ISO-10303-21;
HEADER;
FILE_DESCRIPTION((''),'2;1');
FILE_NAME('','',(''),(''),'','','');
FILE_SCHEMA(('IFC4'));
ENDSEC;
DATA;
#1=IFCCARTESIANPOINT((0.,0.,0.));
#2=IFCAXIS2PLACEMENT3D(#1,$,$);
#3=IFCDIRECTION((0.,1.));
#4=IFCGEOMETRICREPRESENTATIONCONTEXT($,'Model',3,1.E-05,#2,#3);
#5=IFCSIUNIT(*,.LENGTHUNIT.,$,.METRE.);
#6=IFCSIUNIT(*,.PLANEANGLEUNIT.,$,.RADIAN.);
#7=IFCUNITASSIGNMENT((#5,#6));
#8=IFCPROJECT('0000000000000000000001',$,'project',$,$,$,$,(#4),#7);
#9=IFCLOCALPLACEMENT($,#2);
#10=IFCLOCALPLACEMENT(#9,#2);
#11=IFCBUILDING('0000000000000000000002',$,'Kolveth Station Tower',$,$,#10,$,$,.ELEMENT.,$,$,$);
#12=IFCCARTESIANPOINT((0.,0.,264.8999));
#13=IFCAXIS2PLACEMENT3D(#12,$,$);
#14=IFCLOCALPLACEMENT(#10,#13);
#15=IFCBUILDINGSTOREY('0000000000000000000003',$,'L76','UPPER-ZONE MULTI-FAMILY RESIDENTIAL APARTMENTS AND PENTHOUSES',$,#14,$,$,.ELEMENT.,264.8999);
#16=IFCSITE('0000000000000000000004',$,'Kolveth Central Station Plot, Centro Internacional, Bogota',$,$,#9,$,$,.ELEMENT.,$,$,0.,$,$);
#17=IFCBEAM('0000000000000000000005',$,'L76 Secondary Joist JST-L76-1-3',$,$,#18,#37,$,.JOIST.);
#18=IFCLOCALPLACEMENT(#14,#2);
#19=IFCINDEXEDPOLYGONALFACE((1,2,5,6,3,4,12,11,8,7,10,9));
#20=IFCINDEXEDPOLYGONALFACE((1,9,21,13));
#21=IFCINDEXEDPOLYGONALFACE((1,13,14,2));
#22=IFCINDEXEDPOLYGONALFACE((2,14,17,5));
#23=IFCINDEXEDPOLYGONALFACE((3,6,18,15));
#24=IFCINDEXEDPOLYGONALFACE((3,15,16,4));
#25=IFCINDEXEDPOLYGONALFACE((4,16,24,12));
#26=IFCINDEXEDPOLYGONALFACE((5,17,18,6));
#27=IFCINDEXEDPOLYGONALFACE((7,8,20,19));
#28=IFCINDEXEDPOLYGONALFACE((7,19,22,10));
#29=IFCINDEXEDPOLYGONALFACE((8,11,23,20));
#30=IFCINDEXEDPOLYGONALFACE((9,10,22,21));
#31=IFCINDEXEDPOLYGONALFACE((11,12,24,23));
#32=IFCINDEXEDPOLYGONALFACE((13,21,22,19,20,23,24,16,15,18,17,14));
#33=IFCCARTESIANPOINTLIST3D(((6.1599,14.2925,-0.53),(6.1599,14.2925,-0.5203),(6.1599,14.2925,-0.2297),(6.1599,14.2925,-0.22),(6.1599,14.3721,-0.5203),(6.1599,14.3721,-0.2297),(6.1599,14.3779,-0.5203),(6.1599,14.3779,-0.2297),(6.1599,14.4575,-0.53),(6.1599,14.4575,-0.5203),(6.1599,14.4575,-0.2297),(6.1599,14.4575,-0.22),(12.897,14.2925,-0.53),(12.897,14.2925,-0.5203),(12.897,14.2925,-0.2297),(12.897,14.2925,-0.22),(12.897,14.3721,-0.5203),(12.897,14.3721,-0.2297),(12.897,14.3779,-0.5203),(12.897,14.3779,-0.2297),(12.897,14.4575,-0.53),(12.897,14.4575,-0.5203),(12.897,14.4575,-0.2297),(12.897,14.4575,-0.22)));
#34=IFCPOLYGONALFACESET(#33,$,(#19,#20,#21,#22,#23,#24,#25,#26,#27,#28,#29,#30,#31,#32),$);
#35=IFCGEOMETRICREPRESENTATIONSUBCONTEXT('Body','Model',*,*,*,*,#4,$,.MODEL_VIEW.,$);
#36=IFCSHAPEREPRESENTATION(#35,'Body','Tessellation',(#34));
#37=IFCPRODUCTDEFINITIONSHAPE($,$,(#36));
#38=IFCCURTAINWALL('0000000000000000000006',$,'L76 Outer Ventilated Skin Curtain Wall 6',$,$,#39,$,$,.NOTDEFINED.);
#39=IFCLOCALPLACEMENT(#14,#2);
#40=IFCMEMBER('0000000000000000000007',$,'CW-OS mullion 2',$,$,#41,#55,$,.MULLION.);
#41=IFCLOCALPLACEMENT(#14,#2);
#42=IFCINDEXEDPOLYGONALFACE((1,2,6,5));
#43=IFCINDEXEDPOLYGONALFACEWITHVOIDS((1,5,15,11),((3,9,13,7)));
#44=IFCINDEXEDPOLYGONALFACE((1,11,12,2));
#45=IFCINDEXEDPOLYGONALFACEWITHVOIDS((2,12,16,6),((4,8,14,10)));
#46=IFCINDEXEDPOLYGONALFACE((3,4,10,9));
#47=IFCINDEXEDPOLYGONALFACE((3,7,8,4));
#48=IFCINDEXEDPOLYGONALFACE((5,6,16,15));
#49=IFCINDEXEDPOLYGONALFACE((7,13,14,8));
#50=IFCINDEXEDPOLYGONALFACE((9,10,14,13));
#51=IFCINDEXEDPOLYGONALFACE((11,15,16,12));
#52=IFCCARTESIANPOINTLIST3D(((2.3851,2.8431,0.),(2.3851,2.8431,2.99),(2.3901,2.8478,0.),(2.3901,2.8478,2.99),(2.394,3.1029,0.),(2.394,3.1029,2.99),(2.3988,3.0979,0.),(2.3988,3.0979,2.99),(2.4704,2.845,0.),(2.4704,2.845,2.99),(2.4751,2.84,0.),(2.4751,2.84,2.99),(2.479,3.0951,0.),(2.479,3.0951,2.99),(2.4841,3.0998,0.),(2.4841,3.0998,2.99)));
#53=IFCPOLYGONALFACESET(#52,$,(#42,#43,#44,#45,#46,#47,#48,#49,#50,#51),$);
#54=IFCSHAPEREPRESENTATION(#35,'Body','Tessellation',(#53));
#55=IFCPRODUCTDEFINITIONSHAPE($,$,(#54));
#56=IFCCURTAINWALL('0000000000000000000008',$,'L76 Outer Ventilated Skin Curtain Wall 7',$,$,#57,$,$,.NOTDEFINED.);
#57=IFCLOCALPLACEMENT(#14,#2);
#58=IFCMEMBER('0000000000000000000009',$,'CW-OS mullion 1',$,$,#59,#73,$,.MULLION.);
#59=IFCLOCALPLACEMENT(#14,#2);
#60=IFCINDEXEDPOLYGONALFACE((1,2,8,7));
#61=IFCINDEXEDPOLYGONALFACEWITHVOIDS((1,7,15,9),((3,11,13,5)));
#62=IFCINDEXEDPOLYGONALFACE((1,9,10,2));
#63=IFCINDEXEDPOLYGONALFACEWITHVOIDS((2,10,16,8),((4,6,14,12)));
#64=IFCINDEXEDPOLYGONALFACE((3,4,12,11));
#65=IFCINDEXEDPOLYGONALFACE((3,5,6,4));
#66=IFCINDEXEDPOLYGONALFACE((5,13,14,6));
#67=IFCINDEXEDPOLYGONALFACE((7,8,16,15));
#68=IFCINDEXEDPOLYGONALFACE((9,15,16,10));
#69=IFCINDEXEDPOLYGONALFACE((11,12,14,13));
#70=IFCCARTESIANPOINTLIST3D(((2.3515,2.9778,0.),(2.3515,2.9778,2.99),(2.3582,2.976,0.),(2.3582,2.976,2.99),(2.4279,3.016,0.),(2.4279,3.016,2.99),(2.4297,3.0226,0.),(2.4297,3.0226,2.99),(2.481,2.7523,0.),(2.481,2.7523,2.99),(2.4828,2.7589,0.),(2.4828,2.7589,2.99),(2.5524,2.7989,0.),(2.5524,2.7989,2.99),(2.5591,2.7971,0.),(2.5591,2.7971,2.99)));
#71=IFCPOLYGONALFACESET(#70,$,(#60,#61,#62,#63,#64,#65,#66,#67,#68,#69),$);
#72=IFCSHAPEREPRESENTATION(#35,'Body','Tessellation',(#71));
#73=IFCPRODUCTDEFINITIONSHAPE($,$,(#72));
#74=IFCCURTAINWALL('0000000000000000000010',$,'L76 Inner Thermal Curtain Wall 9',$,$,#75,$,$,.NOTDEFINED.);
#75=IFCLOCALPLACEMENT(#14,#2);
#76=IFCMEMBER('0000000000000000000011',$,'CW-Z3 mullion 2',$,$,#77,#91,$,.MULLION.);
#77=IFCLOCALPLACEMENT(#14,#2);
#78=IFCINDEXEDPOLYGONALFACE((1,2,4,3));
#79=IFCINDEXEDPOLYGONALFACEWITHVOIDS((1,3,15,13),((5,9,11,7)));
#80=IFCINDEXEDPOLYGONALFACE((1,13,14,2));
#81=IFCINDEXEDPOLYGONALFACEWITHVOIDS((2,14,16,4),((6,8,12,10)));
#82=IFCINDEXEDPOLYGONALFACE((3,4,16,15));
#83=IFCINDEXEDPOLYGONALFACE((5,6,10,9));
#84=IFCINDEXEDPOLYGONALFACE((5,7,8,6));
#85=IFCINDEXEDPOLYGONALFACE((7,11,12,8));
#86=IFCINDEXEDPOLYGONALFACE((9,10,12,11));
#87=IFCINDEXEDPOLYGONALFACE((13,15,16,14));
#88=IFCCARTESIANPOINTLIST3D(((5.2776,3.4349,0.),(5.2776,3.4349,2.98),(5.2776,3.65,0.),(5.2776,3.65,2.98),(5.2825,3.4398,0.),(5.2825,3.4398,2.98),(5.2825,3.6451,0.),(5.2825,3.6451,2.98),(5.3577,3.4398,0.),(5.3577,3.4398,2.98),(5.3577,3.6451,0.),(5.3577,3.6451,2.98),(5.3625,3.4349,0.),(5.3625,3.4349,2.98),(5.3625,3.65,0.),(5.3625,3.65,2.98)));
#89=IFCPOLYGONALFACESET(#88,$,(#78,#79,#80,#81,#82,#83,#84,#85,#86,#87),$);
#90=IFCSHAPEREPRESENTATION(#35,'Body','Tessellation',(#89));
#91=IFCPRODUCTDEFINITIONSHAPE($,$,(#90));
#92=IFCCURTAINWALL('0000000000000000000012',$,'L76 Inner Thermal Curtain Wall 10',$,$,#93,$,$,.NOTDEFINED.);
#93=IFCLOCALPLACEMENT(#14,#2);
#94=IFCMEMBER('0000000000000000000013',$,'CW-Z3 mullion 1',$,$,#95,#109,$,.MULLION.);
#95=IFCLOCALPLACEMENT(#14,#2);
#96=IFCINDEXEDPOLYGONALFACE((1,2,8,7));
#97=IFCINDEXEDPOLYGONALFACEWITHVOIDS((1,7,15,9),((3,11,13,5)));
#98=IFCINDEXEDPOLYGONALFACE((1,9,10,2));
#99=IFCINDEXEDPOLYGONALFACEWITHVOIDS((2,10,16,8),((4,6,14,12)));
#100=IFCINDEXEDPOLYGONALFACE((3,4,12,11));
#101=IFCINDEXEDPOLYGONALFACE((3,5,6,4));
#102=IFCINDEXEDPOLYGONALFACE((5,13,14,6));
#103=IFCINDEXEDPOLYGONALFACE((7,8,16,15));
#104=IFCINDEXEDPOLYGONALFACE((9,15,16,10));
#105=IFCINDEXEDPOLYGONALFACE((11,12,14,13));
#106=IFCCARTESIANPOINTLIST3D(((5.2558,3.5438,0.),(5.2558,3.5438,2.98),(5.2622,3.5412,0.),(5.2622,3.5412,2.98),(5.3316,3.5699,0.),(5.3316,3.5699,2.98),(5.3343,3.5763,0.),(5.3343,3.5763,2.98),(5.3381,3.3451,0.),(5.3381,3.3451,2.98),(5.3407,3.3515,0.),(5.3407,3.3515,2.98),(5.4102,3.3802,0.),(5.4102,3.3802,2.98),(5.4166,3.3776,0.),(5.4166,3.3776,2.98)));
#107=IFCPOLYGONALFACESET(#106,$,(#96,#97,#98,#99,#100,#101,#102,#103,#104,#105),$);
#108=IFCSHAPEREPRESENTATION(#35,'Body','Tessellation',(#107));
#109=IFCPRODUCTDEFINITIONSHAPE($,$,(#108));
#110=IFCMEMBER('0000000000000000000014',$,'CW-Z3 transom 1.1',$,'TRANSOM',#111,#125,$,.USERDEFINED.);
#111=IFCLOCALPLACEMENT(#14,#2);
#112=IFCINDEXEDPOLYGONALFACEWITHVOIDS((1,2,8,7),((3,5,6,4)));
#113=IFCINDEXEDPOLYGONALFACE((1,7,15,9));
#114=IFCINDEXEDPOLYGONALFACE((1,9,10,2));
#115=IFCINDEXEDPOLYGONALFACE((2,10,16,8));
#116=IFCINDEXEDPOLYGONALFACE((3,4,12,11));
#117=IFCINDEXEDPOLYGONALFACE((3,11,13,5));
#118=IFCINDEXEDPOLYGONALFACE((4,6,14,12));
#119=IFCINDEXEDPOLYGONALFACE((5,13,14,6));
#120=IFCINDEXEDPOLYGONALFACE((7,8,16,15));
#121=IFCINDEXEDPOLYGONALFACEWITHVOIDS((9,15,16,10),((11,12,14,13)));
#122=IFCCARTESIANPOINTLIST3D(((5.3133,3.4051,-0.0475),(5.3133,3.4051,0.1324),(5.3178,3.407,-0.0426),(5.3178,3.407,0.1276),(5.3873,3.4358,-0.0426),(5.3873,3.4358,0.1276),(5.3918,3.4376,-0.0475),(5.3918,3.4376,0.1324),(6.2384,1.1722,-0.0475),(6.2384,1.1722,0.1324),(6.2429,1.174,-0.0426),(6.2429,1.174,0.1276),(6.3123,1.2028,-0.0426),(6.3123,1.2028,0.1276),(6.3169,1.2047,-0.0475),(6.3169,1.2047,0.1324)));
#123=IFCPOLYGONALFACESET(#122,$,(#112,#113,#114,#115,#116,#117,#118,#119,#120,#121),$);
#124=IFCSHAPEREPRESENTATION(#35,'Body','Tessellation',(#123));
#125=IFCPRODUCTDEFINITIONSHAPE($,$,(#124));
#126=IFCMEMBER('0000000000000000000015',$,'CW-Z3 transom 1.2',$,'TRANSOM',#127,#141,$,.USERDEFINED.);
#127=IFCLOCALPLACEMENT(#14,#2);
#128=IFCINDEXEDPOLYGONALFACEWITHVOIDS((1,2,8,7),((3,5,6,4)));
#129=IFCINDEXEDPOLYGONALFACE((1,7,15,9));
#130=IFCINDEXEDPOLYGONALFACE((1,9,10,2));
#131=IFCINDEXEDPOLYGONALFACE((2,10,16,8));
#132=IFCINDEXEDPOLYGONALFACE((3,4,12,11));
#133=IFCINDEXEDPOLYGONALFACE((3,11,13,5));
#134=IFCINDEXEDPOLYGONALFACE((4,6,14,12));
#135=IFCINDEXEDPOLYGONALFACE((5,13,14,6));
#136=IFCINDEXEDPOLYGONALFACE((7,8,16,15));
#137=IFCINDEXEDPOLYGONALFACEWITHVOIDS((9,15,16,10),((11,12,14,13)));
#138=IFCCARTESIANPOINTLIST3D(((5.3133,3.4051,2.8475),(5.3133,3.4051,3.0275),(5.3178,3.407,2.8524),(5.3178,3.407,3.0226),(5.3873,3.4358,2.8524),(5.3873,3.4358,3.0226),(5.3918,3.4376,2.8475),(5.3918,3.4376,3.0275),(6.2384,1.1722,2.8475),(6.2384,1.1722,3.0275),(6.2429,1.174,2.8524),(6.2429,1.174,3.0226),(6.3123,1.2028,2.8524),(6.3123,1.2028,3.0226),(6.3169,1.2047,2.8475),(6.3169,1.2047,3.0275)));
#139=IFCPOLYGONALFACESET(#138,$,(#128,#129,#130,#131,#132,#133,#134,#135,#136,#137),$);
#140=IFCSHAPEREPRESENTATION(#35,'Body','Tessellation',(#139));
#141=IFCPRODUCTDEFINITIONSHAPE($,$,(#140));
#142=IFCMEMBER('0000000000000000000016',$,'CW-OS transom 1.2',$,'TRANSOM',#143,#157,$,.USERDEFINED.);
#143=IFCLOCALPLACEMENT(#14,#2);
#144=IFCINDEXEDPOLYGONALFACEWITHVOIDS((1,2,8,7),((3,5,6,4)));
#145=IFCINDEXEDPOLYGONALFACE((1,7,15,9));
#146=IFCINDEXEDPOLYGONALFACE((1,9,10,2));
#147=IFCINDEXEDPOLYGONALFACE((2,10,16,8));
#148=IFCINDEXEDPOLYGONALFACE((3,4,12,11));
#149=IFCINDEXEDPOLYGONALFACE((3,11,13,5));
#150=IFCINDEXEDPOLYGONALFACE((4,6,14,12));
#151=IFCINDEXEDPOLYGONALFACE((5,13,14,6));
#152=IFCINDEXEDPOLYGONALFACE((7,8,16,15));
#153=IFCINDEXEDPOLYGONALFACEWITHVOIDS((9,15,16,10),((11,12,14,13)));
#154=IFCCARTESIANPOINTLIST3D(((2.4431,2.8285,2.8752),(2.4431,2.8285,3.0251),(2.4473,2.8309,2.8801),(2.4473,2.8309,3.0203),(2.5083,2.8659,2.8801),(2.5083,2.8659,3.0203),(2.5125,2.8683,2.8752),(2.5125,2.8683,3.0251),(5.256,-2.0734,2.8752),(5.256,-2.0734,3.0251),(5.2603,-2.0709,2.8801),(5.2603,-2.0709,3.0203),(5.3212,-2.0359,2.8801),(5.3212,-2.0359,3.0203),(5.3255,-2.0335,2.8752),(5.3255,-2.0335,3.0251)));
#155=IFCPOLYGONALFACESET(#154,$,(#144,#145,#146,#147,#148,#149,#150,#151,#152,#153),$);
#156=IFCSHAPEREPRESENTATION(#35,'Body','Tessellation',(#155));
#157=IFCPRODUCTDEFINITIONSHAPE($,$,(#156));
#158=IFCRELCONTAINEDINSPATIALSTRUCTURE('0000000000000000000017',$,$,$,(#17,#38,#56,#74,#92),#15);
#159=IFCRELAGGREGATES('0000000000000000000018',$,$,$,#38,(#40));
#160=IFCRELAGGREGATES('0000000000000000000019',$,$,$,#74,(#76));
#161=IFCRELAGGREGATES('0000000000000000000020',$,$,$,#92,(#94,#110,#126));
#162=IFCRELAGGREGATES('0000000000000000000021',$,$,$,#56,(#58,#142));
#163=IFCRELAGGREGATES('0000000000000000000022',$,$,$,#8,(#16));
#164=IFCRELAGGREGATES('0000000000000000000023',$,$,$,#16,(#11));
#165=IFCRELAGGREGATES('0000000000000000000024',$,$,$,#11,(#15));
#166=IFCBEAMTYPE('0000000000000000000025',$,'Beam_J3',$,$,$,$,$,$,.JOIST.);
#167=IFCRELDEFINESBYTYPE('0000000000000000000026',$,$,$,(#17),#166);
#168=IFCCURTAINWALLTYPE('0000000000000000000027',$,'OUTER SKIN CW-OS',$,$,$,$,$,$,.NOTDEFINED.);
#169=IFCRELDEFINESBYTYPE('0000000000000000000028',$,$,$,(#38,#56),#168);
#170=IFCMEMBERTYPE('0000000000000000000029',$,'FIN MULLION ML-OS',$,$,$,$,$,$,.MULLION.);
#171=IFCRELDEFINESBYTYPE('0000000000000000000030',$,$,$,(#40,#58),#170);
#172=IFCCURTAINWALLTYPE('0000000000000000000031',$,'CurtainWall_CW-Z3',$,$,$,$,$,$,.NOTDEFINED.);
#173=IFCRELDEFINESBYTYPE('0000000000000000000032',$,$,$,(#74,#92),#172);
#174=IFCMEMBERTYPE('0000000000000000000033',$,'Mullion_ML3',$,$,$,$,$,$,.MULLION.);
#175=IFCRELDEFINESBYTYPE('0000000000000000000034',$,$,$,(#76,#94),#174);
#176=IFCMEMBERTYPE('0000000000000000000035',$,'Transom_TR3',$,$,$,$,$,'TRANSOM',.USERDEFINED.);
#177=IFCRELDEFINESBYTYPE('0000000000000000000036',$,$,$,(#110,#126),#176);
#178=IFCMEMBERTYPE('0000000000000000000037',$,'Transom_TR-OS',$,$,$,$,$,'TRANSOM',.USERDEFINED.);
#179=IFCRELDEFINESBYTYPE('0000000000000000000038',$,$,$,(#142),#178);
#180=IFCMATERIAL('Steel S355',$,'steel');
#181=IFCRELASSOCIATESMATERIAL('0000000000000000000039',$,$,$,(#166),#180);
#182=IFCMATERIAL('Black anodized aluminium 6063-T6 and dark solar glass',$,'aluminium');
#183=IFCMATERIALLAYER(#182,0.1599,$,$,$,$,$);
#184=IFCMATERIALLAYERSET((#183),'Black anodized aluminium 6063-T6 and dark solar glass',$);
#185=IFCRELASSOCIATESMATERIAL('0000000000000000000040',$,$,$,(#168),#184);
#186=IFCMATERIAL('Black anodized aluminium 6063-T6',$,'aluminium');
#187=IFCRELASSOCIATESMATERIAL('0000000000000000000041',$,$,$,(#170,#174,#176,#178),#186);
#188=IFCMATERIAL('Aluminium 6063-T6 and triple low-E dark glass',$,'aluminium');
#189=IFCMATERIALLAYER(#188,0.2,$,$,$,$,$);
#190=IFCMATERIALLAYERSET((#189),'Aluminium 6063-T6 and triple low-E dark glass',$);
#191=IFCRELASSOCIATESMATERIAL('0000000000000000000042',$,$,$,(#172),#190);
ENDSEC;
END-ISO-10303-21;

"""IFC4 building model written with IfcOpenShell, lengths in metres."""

from ifc_helpers import new_model, si_unit, direction, frame, origin, origin_2d, place, context, subcontext, project, spatial, hollow_rectangle, i_section, extrude, source, transform, mapped, material, layer, layer_set, material_profile, profile_set, type_object, element, aggregate, save


model = new_model("IFC4")

# Units and contexts
model_context = context("Model", 3, precision=1e-05, world=origin(), true_north=direction((0.0, 1.0)))
body_context = subcontext(model_context, "Body", "Model", "MODEL_VIEW")
ifc_project = project(units=[si_unit("LENGTHUNIT", "METRE"), si_unit("PLANEANGLEUNIT", "RADIAN")], contexts=[model_context])

# Site, building, storey
site_placement = place(None, origin())
site = spatial("IfcSite", under=ifc_project, at=site_placement, Name="Kolveth Central Station Plot, Centro Internacional, Bogota", CompositionType="ELEMENT", RefElevation=0.0)
building_placement = place(site_placement, origin())
building = spatial("IfcBuilding", under=site, at=building_placement, Name="Kolveth Station Tower", CompositionType="ELEMENT")
storey_placement = place(building_placement, frame((0.0, 0.0, 264.8999)))
storey = spatial("IfcBuildingStorey", under=building, at=storey_placement, Name="L76", Description="UPPER-ZONE MULTI-FAMILY RESIDENTIAL APARTMENTS AND PENTHOUSES", CompositionType="ELEMENT", Elevation=264.8999)

# Shared definitions
ifc_material_1 = material(Name="Steel S355", Category="steel")

# Beam
ifc_material_profile_1 = material_profile(ifc_material_1, i_section(OverallWidth=0.165, OverallDepth=0.3101, WebThickness=0.0059, FlangeThickness=0.0098, at=origin_2d()), Name="W310x39")
ifc_profile_set_1 = profile_set([ifc_material_profile_1], Name="Steel S355")
beam_type_1 = type_object("IfcBeamType", Name="Beam_J3", PredefinedType="JOIST", material=ifc_profile_set_1)
shared_shape_1 = source(origin(), body_context, "Body", "SweptSolid", [
    extrude(i_section(OverallWidth=0.165, OverallDepth=0.3101, WebThickness=0.0059, FlangeThickness=0.0098, at=origin_2d()), origin(), (0.0, 0.0, 1.0), 6.7371),
])
for number, where, z_axis, x_axis, name in (
    (1, (6.1599, 14.375, -0.375), (1.0, 0.0, 0.0), (0.0, 1.0, 0.0), "L76 Secondary Joist JST-L76-1-3"),
):
    element("IfcBeam", number, at=place(storey_placement, frame(where, z_axis=z_axis, x_axis=x_axis)), inside=storey, type_object=beam_type_1, Name=name, PredefinedType="JOIST", context=body_context, shape_type="MappedRepresentation", body=[
        mapped(shared_shape_1, transform((0.0, 0.0, 0.0), x_axis=(1.0, 0.0, 0.0), y_axis=(0.0, 1.0, 0.0), z_axis=(0.0, 0.0, 1.0), scale=1.0)),
    ])

# Curtain walls, members
ifc_material_2 = material(Name="Black anodized aluminium 6063-T6 and dark solar glass", Category="aluminium")
ifc_layer_1 = layer(ifc_material_2, 0.1599)
ifc_layer_set_1 = layer_set([ifc_layer_1], Name="Black anodized aluminium 6063-T6 and dark solar glass")
curtain_wall_type_1 = type_object("IfcCurtainWallType", Name="OUTER SKIN CW-OS", PredefinedType="NOTDEFINED", material=ifc_layer_set_1)
curtain_wall_1_placement = place(storey_placement, origin())
curtain_wall_1 = element("IfcCurtainWall", 2, at=curtain_wall_1_placement, inside=storey, type_object=curtain_wall_type_1, Name="L76 Outer Ventilated Skin Curtain Wall 6", PredefinedType="NOTDEFINED")
ifc_material_3 = material(Name="Black anodized aluminium 6063-T6", Category="aluminium")
ifc_material_profile_2 = material_profile(ifc_material_3, hollow_rectangle(XDim=0.0901, YDim=0.26, WallThickness=0.0049, at=origin_2d()), Name="ALU-90x260x5")
ifc_profile_set_2 = profile_set([ifc_material_profile_2], Name="Black anodized aluminium 6063-T6")
member_type_1 = type_object("IfcMemberType", Name="FIN MULLION ML-OS", PredefinedType="MULLION", material=ifc_profile_set_2)
shared_shape_2 = source(origin(), body_context, "Body", "SweptSolid", [
    extrude(hollow_rectangle(XDim=0.0901, YDim=0.26, WallThickness=0.0049, at=origin_2d()), origin(), (0.0, 0.0, 1.0), 2.99),
])
member_1_placement = place(storey_placement, frame((2.4346, 2.9714, 0.0), z_axis=(0.0, 0.0, 1.0), x_axis=(0.999402, -0.03457, 0.0)))
member_1 = element("IfcMember", 3, at=member_1_placement, type_object=member_type_1, Name="CW-OS mullion 2", PredefinedType="MULLION", context=body_context, shape_type="MappedRepresentation", body=[
    mapped(shared_shape_2, transform((0.0, 0.0, 0.0), x_axis=(1.0, 0.0, 0.0), y_axis=(0.0, 1.0, 0.0), z_axis=(0.0, 0.0, 1.0), scale=1.0)),
])
aggregate(curtain_wall_1, [member_1])
curtain_wall_2_placement = place(storey_placement, origin())
curtain_wall_2 = element("IfcCurtainWall", 4, at=curtain_wall_2_placement, inside=storey, type_object=curtain_wall_type_1, Name="L76 Outer Ventilated Skin Curtain Wall 7", PredefinedType="NOTDEFINED")
member_2_placement = place(storey_placement, frame((2.4553, 2.8875, 0.0), z_axis=(0.0, 0.0, 1.0), x_axis=(0.867329, 0.497735, 0.0)))
member_2 = element("IfcMember", 5, at=member_2_placement, type_object=member_type_1, Name="CW-OS mullion 1", PredefinedType="MULLION", context=body_context, shape_type="MappedRepresentation", body=[
    mapped(shared_shape_2, transform((0.0, 0.0, 0.0), x_axis=(1.0, 0.0, 0.0), y_axis=(0.0, 1.0, 0.0), z_axis=(0.0, 0.0, 1.0), scale=1.0)),
])
ifc_material_4 = material(Name="Aluminium 6063-T6 and triple low-E dark glass", Category="aluminium")
ifc_layer_2 = layer(ifc_material_4, 0.2)
ifc_layer_set_2 = layer_set([ifc_layer_2], Name="Aluminium 6063-T6 and triple low-E dark glass")
curtain_wall_type_2 = type_object("IfcCurtainWallType", Name="CurtainWall_CW-Z3", PredefinedType="NOTDEFINED", material=ifc_layer_set_2)
curtain_wall_3_placement = place(storey_placement, origin())
curtain_wall_3 = element("IfcCurtainWall", 6, at=curtain_wall_3_placement, inside=storey, type_object=curtain_wall_type_2, Name="L76 Inner Thermal Curtain Wall 9", PredefinedType="NOTDEFINED")
ifc_material_profile_3 = material_profile(ifc_material_3, hollow_rectangle(XDim=0.085, YDim=0.2151, WallThickness=0.0049, at=origin_2d()), Name="ALU-85x215x5")
ifc_profile_set_3 = profile_set([ifc_material_profile_3], Name="Black anodized aluminium 6063-T6")
member_type_2 = type_object("IfcMemberType", Name="Mullion_ML3", PredefinedType="MULLION", material=ifc_profile_set_3)
shared_shape_3 = source(origin(), body_context, "Body", "SweptSolid", [
    extrude(hollow_rectangle(XDim=0.085, YDim=0.2151, WallThickness=0.0049, at=origin_2d()), origin(), (0.0, 0.0, 1.0), 2.98),
])
member_3_placement = place(storey_placement, frame((5.3201, 3.5425, 0.0), z_axis=(0.0, 0.0, 1.0), x_axis=(1.0, 0.0, 0.0)))
member_3 = element("IfcMember", 7, at=member_3_placement, type_object=member_type_2, Name="CW-Z3 mullion 2", PredefinedType="MULLION", context=body_context, shape_type="MappedRepresentation", body=[
    mapped(shared_shape_3, transform((0.0, 0.0, 0.0), x_axis=(1.0, 0.0, 0.0), y_axis=(0.0, 1.0, 0.0), z_axis=(0.0, 0.0, 1.0), scale=1.0)),
])
aggregate(curtain_wall_3, [member_3])

# Curtain wall, members
curtain_wall_4_placement = place(storey_placement, origin())
curtain_wall_4 = element("IfcCurtainWall", 8, at=curtain_wall_4_placement, inside=storey, type_object=curtain_wall_type_2, Name="L76 Inner Thermal Curtain Wall 10", PredefinedType="NOTDEFINED")
member_4_placement = place(storey_placement, frame((5.3362, 3.4607, 0.0), z_axis=(0.0, 0.0, 1.0), x_axis=(0.923875, 0.382693, 0.0)))
member_4 = element("IfcMember", 9, at=member_4_placement, type_object=member_type_2, Name="CW-Z3 mullion 1", PredefinedType="MULLION", context=body_context, shape_type="MappedRepresentation", body=[
    mapped(shared_shape_3, transform((0.0, 0.0, 0.0), x_axis=(1.0, 0.0, 0.0), y_axis=(0.0, 1.0, 0.0), z_axis=(0.0, 0.0, 1.0), scale=1.0)),
])
ifc_material_profile_4 = material_profile(ifc_material_3, hollow_rectangle(XDim=0.085, YDim=0.1799, WallThickness=0.0049, at=origin_2d()), Name="ALU-85x180x5")
ifc_profile_set_4 = profile_set([ifc_material_profile_4], Name="Black anodized aluminium 6063-T6")
member_type_3 = type_object("IfcMemberType", Name="Transom_TR3", ElementType="TRANSOM", PredefinedType="USERDEFINED", material=ifc_profile_set_4)
shared_shape_4 = source(origin(), body_context, "Body", "SweptSolid", [
    extrude(hollow_rectangle(XDim=0.085, YDim=0.1799, WallThickness=0.0049, at=origin_2d()), origin(), (0.0, 0.0, 1.0), 2.417),
])
member_5_placement = place(storey_placement, frame((5.3525, 3.4214, 0.0425), z_axis=(0.382735, -0.923858, 0.0), x_axis=(0.923858, 0.382735, 0.0)))
member_5 = element("IfcMember", 10, at=member_5_placement, type_object=member_type_3, Name="CW-Z3 transom 1.1", ObjectType="TRANSOM", PredefinedType="USERDEFINED", context=body_context, shape_type="MappedRepresentation", body=[
    mapped(shared_shape_4, transform((0.0, 0.0, 0.0), x_axis=(1.0, 0.0, 0.0), y_axis=(0.0, 1.0, 0.0), z_axis=(0.0, 0.0, 1.0), scale=1.0)),
])
member_6_placement = place(storey_placement, frame((5.3525, 3.4214, 2.9375), z_axis=(0.382735, -0.923858, 0.0), x_axis=(0.923858, 0.382735, 0.0)))
member_6 = element("IfcMember", 11, at=member_6_placement, type_object=member_type_3, Name="CW-Z3 transom 1.2", ObjectType="TRANSOM", PredefinedType="USERDEFINED", context=body_context, shape_type="MappedRepresentation", body=[
    mapped(shared_shape_4, transform((0.0, 0.0, 0.0), x_axis=(1.0, 0.0, 0.0), y_axis=(0.0, 1.0, 0.0), z_axis=(0.0, 0.0, 1.0), scale=1.0)),
])
aggregate(curtain_wall_4, [member_4, member_5, member_6])

# Member
ifc_material_profile_5 = material_profile(ifc_material_3, hollow_rectangle(XDim=0.0801, YDim=0.1499, WallThickness=0.0049, at=origin_2d()), Name="ALU-80x150x5")
ifc_profile_set_5 = profile_set([ifc_material_profile_5], Name="Black anodized aluminium 6063-T6")
member_type_4 = type_object("IfcMemberType", Name="Transom_TR-OS", ElementType="TRANSOM", PredefinedType="USERDEFINED", material=ifc_profile_set_5)
shared_shape_5 = source(origin(), body_context, "Body", "SweptSolid", [
    extrude(hollow_rectangle(XDim=0.0801, YDim=0.1499, WallThickness=0.0049, at=origin_2d()), origin(), (0.0, 0.0, 1.0), 5.6516),
])
member_7_placement = place(storey_placement, frame((2.4778, 2.8484, 2.9502), z_axis=(0.497729, -0.867333, 0.0), x_axis=(0.867333, 0.497729, 0.0)))
member_7 = element("IfcMember", 12, at=member_7_placement, type_object=member_type_4, Name="CW-OS transom 1.2", ObjectType="TRANSOM", PredefinedType="USERDEFINED", context=body_context, shape_type="MappedRepresentation", body=[
    mapped(shared_shape_5, transform((0.0, 0.0, 0.0), x_axis=(1.0, 0.0, 0.0), y_axis=(0.0, 1.0, 0.0), z_axis=(0.0, 0.0, 1.0), scale=1.0)),
])
aggregate(curtain_wall_2, [member_2, member_7])

save(model, "model.ifc")
